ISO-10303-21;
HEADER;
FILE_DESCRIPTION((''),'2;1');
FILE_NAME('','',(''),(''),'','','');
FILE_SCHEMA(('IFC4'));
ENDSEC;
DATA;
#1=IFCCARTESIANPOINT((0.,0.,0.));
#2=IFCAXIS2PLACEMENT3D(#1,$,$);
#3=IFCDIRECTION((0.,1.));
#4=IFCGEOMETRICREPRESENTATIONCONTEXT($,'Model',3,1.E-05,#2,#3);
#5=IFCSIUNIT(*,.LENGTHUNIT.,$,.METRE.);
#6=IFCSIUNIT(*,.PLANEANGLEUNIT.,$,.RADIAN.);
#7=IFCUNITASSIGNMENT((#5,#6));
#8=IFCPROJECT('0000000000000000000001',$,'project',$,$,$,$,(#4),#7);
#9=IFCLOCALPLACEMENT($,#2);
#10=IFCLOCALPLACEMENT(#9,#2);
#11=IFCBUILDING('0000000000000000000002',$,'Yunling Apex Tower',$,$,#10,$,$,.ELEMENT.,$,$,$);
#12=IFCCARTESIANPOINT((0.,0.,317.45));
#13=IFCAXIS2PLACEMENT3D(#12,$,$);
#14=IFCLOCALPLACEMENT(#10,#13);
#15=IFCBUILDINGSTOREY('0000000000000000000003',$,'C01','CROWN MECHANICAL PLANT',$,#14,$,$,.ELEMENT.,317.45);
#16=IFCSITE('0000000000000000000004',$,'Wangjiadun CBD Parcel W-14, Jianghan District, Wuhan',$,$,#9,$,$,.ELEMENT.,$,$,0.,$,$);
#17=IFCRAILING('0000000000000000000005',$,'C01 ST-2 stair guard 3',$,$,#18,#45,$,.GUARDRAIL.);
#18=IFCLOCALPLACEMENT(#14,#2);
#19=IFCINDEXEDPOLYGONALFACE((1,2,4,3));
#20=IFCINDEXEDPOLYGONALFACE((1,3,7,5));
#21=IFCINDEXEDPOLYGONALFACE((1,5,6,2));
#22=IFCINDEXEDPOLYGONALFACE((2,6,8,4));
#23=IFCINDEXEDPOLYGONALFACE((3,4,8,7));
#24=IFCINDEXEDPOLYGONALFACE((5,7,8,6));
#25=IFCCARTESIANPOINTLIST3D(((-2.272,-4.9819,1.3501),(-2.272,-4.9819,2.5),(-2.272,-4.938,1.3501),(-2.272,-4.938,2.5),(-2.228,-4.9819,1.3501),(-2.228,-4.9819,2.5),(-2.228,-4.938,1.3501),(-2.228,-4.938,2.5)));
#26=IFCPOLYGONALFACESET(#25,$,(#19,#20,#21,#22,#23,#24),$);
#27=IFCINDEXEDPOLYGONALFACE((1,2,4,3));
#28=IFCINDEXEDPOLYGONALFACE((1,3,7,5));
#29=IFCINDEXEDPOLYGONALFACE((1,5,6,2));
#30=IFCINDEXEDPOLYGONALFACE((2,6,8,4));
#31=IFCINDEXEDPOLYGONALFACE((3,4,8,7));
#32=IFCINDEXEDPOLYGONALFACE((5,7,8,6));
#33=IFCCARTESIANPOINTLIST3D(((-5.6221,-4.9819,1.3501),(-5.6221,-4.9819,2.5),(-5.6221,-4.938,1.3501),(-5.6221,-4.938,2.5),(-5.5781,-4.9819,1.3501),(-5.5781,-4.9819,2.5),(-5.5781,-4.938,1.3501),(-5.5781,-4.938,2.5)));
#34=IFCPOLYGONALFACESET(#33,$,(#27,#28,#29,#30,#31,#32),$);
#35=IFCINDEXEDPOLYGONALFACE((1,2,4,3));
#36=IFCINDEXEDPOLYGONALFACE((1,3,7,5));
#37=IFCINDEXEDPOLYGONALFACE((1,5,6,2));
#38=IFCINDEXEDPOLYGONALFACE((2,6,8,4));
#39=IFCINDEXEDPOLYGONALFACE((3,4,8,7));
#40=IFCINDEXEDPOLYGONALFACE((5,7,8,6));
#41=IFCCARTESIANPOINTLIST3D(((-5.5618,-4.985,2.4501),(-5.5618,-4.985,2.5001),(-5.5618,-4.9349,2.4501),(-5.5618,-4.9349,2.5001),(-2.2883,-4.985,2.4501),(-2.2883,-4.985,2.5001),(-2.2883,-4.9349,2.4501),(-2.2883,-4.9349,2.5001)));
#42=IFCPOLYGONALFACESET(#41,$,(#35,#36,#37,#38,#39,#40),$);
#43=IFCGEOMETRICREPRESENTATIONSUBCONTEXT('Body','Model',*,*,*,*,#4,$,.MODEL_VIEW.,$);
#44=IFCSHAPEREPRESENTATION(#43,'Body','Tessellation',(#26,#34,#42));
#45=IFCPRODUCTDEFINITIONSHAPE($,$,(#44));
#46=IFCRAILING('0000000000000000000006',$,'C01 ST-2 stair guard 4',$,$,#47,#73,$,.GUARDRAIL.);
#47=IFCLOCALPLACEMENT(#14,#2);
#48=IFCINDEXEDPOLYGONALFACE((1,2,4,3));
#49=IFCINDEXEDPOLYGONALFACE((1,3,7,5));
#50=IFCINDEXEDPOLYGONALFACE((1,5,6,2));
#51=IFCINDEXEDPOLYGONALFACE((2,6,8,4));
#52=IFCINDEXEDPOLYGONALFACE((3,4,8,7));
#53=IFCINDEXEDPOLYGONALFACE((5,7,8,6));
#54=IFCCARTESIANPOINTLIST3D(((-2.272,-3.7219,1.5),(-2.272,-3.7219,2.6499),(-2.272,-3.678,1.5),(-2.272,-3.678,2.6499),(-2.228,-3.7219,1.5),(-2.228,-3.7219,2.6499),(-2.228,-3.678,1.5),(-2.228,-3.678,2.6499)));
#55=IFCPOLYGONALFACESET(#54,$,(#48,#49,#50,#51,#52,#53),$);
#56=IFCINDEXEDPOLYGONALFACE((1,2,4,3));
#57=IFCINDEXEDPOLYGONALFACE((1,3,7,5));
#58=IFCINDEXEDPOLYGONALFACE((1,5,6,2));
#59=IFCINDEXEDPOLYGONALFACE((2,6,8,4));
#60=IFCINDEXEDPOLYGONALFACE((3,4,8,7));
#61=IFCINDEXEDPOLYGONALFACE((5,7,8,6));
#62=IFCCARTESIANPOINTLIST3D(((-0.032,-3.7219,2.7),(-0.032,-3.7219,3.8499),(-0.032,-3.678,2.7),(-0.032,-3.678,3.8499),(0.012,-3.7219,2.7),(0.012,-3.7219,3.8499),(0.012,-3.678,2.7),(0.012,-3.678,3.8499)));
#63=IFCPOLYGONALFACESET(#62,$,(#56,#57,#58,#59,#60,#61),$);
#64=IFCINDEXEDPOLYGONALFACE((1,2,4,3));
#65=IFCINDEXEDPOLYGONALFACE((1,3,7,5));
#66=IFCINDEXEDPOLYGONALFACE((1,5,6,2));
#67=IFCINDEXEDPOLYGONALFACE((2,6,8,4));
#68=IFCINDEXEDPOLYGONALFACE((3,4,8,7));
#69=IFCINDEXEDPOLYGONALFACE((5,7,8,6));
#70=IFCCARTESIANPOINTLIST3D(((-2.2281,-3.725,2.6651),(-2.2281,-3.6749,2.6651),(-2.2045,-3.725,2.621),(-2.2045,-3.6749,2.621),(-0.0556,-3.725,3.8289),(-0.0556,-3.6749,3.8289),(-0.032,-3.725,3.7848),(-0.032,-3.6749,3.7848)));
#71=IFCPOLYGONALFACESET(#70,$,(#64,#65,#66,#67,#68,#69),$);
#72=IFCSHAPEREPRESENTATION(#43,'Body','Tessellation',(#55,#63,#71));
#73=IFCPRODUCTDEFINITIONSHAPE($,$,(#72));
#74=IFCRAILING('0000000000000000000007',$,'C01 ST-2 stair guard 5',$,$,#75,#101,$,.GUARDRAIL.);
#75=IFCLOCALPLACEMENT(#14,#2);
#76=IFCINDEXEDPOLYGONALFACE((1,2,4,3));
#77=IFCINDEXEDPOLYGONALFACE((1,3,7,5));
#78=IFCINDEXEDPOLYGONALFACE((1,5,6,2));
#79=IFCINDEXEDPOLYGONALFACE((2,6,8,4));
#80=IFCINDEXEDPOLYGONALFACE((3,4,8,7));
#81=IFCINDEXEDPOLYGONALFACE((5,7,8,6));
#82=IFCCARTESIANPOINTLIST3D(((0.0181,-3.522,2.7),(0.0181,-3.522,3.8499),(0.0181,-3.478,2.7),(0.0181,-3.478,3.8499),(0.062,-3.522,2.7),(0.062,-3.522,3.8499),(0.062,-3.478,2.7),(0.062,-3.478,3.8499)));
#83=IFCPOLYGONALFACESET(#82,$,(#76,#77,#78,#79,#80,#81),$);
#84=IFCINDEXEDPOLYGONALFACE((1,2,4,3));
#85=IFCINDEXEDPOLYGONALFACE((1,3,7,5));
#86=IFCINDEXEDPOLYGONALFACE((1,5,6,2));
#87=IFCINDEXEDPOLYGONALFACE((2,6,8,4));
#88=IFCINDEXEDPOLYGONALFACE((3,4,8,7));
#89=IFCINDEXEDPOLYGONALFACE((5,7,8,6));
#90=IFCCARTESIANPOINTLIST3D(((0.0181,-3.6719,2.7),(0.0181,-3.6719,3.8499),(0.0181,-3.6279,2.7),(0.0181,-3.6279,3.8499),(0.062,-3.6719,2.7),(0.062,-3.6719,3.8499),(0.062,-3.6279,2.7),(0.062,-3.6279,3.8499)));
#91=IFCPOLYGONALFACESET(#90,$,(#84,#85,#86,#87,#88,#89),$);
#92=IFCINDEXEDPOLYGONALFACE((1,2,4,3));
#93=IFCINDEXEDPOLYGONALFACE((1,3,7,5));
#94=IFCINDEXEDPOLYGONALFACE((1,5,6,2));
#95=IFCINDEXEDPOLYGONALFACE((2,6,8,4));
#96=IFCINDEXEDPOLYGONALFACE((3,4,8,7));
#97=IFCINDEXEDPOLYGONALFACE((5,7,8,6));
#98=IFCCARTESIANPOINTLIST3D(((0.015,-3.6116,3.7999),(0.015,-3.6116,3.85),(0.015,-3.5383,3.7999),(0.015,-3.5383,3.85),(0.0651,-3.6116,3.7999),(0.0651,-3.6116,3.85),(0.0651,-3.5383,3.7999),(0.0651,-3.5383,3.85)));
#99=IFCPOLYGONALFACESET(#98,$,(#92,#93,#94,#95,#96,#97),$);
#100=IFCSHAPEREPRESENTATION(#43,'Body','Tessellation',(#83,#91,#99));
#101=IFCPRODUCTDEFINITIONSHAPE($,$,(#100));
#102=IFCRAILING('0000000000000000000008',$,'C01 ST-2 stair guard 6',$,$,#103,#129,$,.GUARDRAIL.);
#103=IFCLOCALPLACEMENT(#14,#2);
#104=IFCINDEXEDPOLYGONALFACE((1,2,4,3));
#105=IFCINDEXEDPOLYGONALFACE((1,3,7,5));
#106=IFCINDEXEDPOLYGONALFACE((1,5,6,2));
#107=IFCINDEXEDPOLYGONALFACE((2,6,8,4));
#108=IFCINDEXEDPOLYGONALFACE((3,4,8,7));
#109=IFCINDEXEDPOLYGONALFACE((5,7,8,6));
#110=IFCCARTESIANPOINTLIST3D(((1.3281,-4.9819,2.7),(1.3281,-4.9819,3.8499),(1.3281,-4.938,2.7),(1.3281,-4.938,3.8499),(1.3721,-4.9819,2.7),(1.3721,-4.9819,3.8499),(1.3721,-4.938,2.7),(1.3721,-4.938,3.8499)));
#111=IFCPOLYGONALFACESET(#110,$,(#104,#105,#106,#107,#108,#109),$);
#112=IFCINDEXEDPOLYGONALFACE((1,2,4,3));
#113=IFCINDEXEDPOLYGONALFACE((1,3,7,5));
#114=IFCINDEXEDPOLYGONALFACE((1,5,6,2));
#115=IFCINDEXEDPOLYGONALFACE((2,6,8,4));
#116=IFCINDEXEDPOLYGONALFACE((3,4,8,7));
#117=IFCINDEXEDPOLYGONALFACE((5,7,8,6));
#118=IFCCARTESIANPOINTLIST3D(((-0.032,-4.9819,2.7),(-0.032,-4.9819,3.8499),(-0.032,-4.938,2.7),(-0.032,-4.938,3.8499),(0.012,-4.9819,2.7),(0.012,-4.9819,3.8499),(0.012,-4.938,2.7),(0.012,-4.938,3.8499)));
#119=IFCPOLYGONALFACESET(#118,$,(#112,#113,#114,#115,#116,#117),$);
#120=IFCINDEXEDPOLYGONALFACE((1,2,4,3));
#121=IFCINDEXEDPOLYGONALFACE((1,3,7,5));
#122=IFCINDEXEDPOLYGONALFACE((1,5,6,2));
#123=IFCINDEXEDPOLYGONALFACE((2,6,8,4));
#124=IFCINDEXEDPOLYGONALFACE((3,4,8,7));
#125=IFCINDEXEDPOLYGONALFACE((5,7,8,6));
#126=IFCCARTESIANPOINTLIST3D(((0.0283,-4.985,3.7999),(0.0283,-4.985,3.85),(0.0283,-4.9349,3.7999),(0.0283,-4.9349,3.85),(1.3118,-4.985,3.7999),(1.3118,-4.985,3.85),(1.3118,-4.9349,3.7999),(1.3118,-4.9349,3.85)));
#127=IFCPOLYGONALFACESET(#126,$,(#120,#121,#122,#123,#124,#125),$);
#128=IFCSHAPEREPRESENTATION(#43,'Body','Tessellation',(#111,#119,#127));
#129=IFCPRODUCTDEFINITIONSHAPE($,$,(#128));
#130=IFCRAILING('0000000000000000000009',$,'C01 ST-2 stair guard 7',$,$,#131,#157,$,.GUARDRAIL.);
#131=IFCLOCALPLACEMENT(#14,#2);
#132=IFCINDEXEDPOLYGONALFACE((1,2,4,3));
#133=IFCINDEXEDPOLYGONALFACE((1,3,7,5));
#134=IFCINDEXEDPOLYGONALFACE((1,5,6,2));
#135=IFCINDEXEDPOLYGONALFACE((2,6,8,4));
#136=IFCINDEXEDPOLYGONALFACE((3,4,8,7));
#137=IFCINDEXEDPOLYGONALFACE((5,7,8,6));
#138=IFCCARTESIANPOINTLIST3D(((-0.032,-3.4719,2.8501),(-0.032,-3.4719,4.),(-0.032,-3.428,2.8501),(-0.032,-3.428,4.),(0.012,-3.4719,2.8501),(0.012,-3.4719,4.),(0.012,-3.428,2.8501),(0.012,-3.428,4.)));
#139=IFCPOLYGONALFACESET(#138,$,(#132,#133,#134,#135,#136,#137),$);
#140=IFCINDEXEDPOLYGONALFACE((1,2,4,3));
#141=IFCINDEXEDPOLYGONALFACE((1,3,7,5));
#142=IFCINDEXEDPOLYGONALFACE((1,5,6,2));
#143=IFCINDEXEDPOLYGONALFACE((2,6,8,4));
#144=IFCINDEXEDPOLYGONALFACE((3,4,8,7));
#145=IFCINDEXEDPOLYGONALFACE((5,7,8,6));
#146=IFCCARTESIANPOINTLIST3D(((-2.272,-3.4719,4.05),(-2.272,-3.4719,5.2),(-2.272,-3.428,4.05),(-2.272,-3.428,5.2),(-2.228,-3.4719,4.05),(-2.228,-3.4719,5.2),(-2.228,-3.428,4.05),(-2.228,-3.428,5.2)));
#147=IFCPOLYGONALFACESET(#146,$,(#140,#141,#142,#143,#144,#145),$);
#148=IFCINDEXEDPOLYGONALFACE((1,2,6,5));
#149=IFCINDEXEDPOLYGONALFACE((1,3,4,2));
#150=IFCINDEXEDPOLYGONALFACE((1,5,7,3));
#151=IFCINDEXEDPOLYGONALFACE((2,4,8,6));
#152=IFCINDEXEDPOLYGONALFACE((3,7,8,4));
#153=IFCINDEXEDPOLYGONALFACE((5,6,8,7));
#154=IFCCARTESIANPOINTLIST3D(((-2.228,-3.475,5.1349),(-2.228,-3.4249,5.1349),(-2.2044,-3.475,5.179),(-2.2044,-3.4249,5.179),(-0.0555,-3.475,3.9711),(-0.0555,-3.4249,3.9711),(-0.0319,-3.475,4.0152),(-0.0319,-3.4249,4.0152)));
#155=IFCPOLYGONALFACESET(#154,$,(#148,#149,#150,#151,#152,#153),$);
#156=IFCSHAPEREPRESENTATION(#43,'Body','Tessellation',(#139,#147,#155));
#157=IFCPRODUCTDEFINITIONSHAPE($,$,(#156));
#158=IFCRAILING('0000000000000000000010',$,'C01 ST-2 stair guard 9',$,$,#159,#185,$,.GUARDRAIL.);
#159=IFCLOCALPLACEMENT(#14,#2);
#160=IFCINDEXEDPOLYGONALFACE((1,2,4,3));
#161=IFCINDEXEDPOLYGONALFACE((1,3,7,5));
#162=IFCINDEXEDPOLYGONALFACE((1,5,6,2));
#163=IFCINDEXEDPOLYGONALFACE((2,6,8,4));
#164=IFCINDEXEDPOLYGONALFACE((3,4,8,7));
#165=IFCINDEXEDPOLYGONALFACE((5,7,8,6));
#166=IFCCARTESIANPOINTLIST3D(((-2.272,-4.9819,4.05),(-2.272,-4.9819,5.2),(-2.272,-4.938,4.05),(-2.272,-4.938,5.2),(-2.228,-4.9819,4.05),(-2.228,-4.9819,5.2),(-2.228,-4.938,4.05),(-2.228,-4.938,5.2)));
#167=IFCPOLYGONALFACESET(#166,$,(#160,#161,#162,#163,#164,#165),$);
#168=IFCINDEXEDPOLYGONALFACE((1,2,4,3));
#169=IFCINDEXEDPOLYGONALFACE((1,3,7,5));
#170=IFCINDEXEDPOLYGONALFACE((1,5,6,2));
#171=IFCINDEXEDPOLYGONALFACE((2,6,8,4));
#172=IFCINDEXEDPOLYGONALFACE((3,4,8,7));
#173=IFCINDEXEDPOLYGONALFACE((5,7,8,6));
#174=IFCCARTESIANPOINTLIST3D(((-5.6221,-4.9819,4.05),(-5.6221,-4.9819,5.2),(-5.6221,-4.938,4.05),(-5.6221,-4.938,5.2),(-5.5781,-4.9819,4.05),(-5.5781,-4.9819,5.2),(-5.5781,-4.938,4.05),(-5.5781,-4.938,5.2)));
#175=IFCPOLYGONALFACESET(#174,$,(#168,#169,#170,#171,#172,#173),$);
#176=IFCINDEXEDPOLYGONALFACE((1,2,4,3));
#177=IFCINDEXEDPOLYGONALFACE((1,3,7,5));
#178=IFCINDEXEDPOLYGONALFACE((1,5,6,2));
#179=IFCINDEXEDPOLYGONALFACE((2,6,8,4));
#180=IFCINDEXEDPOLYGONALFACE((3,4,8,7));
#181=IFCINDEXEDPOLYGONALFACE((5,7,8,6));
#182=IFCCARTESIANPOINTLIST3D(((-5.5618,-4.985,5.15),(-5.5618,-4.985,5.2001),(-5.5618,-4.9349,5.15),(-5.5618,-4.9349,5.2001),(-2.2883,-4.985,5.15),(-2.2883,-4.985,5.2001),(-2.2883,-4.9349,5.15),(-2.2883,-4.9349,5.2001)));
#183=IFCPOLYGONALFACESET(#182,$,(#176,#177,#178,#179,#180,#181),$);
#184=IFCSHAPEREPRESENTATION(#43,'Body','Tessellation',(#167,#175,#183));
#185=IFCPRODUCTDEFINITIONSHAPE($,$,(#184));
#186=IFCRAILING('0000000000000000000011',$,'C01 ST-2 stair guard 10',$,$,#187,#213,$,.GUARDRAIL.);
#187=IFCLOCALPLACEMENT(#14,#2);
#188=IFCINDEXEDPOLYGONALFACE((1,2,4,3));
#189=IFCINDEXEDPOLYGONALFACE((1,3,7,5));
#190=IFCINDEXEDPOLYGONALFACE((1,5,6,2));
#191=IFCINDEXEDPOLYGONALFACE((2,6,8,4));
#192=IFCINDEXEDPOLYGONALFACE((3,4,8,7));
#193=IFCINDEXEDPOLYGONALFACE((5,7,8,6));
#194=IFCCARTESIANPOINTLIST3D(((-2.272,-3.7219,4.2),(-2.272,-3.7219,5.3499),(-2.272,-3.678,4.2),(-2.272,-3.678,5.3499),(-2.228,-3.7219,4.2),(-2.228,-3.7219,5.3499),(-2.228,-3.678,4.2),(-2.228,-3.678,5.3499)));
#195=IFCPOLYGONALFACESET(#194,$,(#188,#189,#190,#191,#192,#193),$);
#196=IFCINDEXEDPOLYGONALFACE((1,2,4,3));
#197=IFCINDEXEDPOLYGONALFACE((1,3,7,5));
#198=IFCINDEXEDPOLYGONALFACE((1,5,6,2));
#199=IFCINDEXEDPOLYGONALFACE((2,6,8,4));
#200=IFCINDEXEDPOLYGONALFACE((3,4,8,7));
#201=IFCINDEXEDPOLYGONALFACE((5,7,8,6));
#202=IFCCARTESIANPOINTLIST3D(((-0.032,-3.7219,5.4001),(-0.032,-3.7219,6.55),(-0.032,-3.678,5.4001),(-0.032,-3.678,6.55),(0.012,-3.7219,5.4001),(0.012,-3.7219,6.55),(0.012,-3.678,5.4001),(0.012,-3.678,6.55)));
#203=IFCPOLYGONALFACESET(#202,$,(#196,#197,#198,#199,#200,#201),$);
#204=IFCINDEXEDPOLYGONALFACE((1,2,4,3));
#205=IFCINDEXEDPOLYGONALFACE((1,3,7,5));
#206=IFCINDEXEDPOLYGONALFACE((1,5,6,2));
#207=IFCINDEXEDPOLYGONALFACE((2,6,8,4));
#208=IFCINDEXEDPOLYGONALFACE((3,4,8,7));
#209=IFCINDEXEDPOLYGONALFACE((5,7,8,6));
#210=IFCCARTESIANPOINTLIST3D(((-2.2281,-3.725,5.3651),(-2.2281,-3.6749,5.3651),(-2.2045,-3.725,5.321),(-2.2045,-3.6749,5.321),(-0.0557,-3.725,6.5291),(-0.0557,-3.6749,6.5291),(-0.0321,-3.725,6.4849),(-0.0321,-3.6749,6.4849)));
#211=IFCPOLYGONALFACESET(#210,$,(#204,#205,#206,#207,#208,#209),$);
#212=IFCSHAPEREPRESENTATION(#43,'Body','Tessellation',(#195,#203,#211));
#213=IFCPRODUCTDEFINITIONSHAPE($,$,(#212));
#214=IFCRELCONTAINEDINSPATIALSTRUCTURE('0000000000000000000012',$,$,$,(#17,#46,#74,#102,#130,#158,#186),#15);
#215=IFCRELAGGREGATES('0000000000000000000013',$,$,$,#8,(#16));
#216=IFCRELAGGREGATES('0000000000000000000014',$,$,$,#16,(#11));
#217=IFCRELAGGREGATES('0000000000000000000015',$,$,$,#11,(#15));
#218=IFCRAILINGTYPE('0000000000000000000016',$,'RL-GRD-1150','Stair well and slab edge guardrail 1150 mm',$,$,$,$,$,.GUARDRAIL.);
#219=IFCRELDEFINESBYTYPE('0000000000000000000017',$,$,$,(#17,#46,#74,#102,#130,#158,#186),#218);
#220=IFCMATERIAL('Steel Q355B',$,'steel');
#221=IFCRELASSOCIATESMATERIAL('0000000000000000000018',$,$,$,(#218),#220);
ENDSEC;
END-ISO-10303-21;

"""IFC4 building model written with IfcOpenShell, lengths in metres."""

from ifc_helpers import new_model, si_unit, direction, frame, origin, origin_2d, place, context, subcontext, project, spatial, rectangle, extrude, material, type_object, element, save


model = new_model("IFC4")

# Units and contexts
model_context = context("Model", 3, precision=1e-05, world=origin(), true_north=direction((0.0, 1.0)))
body_context = subcontext(model_context, "Body", "Model", "MODEL_VIEW")
ifc_project = project(units=[si_unit("LENGTHUNIT", "METRE"), si_unit("PLANEANGLEUNIT", "RADIAN")], contexts=[model_context])

# Site, building, storey
site_placement = place(None, origin())
site = spatial("IfcSite", under=ifc_project, at=site_placement, Name="Wangjiadun CBD Parcel W-14, Jianghan District, Wuhan", CompositionType="ELEMENT", RefElevation=0.0)
building_placement = place(site_placement, origin())
building = spatial("IfcBuilding", under=site, at=building_placement, Name="Yunling Apex Tower", CompositionType="ELEMENT")
storey_placement = place(building_placement, frame((0.0, 0.0, 317.45)))
storey = spatial("IfcBuildingStorey", under=building, at=storey_placement, Name="C01", Description="CROWN MECHANICAL PLANT", CompositionType="ELEMENT", Elevation=317.45)

# Shared definitions
ifc_material_1 = material(Name="Steel Q355B", Category="steel")

# Railings
railing_type_1 = type_object("IfcRailingType", Name="RL-GRD-1150", Description="Stair well and slab edge guardrail 1150 mm", PredefinedType="GUARDRAIL", material=ifc_material_1)
railing_1_placement = place(storey_placement, frame((-2.25, -4.96, 1.3501)))
element("IfcRailing", 1, at=railing_1_placement, inside=storey, type_object=railing_type_1, Name="C01 ST-2 stair guard 3", PredefinedType="GUARDRAIL", context=body_context, shape_type="SweptSolid", body=[
    extrude(rectangle(XDim=0.0439, YDim=0.0439, at=origin_2d()), origin(), (0.0, 0.0, 1.0), 1.1499),
    extrude(rectangle(XDim=0.0439, YDim=0.0439, at=origin_2d()), frame((-3.3501, 0.0, 0.0)), (0.0, 0.0, 1.0), 1.1499),
    extrude(rectangle(XDim=0.05, YDim=0.05, at=origin_2d()), frame((-0.0383, 0.0, 1.125), z_axis=(-1.0, 0.0, 0.0), x_axis=(0.0, -1.0, 0.0)), (0.0, 0.0, 1.0), 3.2734),
])
railing_2_placement = place(storey_placement, frame((-2.25, -3.7, 1.5)))
element("IfcRailing", 2, at=railing_2_placement, inside=storey, type_object=railing_type_1, Name="C01 ST-2 stair guard 4", PredefinedType="GUARDRAIL", context=body_context, shape_type="SweptSolid", body=[
    extrude(rectangle(XDim=0.0439, YDim=0.0439, at=origin_2d()), origin(), (0.0, 0.0, 1.0), 1.1499),
    extrude(rectangle(XDim=0.0439, YDim=0.0439, at=origin_2d()), frame((2.24, 0.0, 1.2)), (0.0, 0.0, 1.0), 1.1499),
    extrude(rectangle(XDim=0.05, YDim=0.05, at=origin_2d()), frame((0.0337, 0.0, 1.1431), z_axis=(0.881487, 0.0, 0.472208), x_axis=(0.0, 1.0, 0.0)), (0.0, 0.0, 1.0), 2.4646),
])
railing_3_placement = place(storey_placement, frame((0.04, -3.5, 2.7)))
element("IfcRailing", 3, at=railing_3_placement, inside=storey, type_object=railing_type_1, Name="C01 ST-2 stair guard 5", PredefinedType="GUARDRAIL", context=body_context, shape_type="SweptSolid", body=[
    extrude(rectangle(XDim=0.0439, YDim=0.0439, at=origin_2d()), origin(), (0.0, 0.0, 1.0), 1.1499),
    extrude(rectangle(XDim=0.0439, YDim=0.0439, at=origin_2d()), frame((0.0, -0.1499, 0.0)), (0.0, 0.0, 1.0), 1.1499),
    extrude(rectangle(XDim=0.05, YDim=0.05, at=origin_2d()), frame((0.0, -0.0383, 1.125), z_axis=(0.0, -1.0, 0.0), x_axis=(1.0, 0.0, 0.0)), (0.0, 0.0, 1.0), 0.0732),
])
railing_4_placement = place(storey_placement, frame((1.3501, -4.96, 2.7)))
element("IfcRailing", 4, at=railing_4_placement, inside=storey, type_object=railing_type_1, Name="C01 ST-2 stair guard 6", PredefinedType="GUARDRAIL", context=body_context, shape_type="SweptSolid", body=[
    extrude(rectangle(XDim=0.0439, YDim=0.0439, at=origin_2d()), origin(), (0.0, 0.0, 1.0), 1.1499),
    extrude(rectangle(XDim=0.0439, YDim=0.0439, at=origin_2d()), frame((-1.3601, 0.0, 0.0)), (0.0, 0.0, 1.0), 1.1499),
    extrude(rectangle(XDim=0.05, YDim=0.05, at=origin_2d()), frame((-0.0383, 0.0, 1.125), z_axis=(-1.0, 0.0, 0.0), x_axis=(0.0, -1.0, 0.0)), (0.0, 0.0, 1.0), 1.2834),
])
railing_5_placement = place(storey_placement, frame((-0.01, -3.45, 2.8501)))
element("IfcRailing", 5, at=railing_5_placement, inside=storey, type_object=railing_type_1, Name="C01 ST-2 stair guard 7", PredefinedType="GUARDRAIL", context=body_context, shape_type="SweptSolid", body=[
    extrude(rectangle(XDim=0.0439, YDim=0.0439, at=origin_2d()), origin(), (0.0, 0.0, 1.0), 1.1499),
    extrude(rectangle(XDim=0.0439, YDim=0.0439, at=origin_2d()), frame((-2.24, 0.0, 1.2)), (0.0, 0.0, 1.0), 1.1499),
    extrude(rectangle(XDim=0.05, YDim=0.05, at=origin_2d()), frame((-0.0337, 0.0, 1.1431), z_axis=(-0.881487, 0.0, 0.472208), x_axis=(0.0, -1.0, 0.0)), (0.0, 0.0, 1.0), 2.4646),
])
railing_6_placement = place(storey_placement, frame((-2.25, -4.96, 4.05)))
element("IfcRailing", 6, at=railing_6_placement, inside=storey, type_object=railing_type_1, Name="C01 ST-2 stair guard 9", PredefinedType="GUARDRAIL", context=body_context, shape_type="SweptSolid", body=[
    extrude(rectangle(XDim=0.0439, YDim=0.0439, at=origin_2d()), origin(), (0.0, 0.0, 1.0), 1.1499),
    extrude(rectangle(XDim=0.0439, YDim=0.0439, at=origin_2d()), frame((-3.3501, 0.0, 0.0)), (0.0, 0.0, 1.0), 1.1499),
    extrude(rectangle(XDim=0.05, YDim=0.05, at=origin_2d()), frame((-0.0383, 0.0, 1.125), z_axis=(-1.0, 0.0, 0.0), x_axis=(0.0, -1.0, 0.0)), (0.0, 0.0, 1.0), 3.2734),
])
railing_7_placement = place(storey_placement, frame((-2.25, -3.7, 4.2)))
element("IfcRailing", 7, at=railing_7_placement, inside=storey, type_object=railing_type_1, Name="C01 ST-2 stair guard 10", PredefinedType="GUARDRAIL", context=body_context, shape_type="SweptSolid", body=[
    extrude(rectangle(XDim=0.0439, YDim=0.0439, at=origin_2d()), origin(), (0.0, 0.0, 1.0), 1.1499),
    extrude(rectangle(XDim=0.0439, YDim=0.0439, at=origin_2d()), frame((2.24, 0.0, 1.2002)), (0.0, 0.0, 1.0), 1.1499),
    extrude(rectangle(XDim=0.05, YDim=0.05, at=origin_2d()), frame((0.0337, 0.0, 1.1431), z_axis=(0.881447, 0.0, 0.472283), x_axis=(0.0, 1.0, 0.0)), (0.0, 0.0, 1.0), 2.4646),
])

save(model, "model.ifc")
